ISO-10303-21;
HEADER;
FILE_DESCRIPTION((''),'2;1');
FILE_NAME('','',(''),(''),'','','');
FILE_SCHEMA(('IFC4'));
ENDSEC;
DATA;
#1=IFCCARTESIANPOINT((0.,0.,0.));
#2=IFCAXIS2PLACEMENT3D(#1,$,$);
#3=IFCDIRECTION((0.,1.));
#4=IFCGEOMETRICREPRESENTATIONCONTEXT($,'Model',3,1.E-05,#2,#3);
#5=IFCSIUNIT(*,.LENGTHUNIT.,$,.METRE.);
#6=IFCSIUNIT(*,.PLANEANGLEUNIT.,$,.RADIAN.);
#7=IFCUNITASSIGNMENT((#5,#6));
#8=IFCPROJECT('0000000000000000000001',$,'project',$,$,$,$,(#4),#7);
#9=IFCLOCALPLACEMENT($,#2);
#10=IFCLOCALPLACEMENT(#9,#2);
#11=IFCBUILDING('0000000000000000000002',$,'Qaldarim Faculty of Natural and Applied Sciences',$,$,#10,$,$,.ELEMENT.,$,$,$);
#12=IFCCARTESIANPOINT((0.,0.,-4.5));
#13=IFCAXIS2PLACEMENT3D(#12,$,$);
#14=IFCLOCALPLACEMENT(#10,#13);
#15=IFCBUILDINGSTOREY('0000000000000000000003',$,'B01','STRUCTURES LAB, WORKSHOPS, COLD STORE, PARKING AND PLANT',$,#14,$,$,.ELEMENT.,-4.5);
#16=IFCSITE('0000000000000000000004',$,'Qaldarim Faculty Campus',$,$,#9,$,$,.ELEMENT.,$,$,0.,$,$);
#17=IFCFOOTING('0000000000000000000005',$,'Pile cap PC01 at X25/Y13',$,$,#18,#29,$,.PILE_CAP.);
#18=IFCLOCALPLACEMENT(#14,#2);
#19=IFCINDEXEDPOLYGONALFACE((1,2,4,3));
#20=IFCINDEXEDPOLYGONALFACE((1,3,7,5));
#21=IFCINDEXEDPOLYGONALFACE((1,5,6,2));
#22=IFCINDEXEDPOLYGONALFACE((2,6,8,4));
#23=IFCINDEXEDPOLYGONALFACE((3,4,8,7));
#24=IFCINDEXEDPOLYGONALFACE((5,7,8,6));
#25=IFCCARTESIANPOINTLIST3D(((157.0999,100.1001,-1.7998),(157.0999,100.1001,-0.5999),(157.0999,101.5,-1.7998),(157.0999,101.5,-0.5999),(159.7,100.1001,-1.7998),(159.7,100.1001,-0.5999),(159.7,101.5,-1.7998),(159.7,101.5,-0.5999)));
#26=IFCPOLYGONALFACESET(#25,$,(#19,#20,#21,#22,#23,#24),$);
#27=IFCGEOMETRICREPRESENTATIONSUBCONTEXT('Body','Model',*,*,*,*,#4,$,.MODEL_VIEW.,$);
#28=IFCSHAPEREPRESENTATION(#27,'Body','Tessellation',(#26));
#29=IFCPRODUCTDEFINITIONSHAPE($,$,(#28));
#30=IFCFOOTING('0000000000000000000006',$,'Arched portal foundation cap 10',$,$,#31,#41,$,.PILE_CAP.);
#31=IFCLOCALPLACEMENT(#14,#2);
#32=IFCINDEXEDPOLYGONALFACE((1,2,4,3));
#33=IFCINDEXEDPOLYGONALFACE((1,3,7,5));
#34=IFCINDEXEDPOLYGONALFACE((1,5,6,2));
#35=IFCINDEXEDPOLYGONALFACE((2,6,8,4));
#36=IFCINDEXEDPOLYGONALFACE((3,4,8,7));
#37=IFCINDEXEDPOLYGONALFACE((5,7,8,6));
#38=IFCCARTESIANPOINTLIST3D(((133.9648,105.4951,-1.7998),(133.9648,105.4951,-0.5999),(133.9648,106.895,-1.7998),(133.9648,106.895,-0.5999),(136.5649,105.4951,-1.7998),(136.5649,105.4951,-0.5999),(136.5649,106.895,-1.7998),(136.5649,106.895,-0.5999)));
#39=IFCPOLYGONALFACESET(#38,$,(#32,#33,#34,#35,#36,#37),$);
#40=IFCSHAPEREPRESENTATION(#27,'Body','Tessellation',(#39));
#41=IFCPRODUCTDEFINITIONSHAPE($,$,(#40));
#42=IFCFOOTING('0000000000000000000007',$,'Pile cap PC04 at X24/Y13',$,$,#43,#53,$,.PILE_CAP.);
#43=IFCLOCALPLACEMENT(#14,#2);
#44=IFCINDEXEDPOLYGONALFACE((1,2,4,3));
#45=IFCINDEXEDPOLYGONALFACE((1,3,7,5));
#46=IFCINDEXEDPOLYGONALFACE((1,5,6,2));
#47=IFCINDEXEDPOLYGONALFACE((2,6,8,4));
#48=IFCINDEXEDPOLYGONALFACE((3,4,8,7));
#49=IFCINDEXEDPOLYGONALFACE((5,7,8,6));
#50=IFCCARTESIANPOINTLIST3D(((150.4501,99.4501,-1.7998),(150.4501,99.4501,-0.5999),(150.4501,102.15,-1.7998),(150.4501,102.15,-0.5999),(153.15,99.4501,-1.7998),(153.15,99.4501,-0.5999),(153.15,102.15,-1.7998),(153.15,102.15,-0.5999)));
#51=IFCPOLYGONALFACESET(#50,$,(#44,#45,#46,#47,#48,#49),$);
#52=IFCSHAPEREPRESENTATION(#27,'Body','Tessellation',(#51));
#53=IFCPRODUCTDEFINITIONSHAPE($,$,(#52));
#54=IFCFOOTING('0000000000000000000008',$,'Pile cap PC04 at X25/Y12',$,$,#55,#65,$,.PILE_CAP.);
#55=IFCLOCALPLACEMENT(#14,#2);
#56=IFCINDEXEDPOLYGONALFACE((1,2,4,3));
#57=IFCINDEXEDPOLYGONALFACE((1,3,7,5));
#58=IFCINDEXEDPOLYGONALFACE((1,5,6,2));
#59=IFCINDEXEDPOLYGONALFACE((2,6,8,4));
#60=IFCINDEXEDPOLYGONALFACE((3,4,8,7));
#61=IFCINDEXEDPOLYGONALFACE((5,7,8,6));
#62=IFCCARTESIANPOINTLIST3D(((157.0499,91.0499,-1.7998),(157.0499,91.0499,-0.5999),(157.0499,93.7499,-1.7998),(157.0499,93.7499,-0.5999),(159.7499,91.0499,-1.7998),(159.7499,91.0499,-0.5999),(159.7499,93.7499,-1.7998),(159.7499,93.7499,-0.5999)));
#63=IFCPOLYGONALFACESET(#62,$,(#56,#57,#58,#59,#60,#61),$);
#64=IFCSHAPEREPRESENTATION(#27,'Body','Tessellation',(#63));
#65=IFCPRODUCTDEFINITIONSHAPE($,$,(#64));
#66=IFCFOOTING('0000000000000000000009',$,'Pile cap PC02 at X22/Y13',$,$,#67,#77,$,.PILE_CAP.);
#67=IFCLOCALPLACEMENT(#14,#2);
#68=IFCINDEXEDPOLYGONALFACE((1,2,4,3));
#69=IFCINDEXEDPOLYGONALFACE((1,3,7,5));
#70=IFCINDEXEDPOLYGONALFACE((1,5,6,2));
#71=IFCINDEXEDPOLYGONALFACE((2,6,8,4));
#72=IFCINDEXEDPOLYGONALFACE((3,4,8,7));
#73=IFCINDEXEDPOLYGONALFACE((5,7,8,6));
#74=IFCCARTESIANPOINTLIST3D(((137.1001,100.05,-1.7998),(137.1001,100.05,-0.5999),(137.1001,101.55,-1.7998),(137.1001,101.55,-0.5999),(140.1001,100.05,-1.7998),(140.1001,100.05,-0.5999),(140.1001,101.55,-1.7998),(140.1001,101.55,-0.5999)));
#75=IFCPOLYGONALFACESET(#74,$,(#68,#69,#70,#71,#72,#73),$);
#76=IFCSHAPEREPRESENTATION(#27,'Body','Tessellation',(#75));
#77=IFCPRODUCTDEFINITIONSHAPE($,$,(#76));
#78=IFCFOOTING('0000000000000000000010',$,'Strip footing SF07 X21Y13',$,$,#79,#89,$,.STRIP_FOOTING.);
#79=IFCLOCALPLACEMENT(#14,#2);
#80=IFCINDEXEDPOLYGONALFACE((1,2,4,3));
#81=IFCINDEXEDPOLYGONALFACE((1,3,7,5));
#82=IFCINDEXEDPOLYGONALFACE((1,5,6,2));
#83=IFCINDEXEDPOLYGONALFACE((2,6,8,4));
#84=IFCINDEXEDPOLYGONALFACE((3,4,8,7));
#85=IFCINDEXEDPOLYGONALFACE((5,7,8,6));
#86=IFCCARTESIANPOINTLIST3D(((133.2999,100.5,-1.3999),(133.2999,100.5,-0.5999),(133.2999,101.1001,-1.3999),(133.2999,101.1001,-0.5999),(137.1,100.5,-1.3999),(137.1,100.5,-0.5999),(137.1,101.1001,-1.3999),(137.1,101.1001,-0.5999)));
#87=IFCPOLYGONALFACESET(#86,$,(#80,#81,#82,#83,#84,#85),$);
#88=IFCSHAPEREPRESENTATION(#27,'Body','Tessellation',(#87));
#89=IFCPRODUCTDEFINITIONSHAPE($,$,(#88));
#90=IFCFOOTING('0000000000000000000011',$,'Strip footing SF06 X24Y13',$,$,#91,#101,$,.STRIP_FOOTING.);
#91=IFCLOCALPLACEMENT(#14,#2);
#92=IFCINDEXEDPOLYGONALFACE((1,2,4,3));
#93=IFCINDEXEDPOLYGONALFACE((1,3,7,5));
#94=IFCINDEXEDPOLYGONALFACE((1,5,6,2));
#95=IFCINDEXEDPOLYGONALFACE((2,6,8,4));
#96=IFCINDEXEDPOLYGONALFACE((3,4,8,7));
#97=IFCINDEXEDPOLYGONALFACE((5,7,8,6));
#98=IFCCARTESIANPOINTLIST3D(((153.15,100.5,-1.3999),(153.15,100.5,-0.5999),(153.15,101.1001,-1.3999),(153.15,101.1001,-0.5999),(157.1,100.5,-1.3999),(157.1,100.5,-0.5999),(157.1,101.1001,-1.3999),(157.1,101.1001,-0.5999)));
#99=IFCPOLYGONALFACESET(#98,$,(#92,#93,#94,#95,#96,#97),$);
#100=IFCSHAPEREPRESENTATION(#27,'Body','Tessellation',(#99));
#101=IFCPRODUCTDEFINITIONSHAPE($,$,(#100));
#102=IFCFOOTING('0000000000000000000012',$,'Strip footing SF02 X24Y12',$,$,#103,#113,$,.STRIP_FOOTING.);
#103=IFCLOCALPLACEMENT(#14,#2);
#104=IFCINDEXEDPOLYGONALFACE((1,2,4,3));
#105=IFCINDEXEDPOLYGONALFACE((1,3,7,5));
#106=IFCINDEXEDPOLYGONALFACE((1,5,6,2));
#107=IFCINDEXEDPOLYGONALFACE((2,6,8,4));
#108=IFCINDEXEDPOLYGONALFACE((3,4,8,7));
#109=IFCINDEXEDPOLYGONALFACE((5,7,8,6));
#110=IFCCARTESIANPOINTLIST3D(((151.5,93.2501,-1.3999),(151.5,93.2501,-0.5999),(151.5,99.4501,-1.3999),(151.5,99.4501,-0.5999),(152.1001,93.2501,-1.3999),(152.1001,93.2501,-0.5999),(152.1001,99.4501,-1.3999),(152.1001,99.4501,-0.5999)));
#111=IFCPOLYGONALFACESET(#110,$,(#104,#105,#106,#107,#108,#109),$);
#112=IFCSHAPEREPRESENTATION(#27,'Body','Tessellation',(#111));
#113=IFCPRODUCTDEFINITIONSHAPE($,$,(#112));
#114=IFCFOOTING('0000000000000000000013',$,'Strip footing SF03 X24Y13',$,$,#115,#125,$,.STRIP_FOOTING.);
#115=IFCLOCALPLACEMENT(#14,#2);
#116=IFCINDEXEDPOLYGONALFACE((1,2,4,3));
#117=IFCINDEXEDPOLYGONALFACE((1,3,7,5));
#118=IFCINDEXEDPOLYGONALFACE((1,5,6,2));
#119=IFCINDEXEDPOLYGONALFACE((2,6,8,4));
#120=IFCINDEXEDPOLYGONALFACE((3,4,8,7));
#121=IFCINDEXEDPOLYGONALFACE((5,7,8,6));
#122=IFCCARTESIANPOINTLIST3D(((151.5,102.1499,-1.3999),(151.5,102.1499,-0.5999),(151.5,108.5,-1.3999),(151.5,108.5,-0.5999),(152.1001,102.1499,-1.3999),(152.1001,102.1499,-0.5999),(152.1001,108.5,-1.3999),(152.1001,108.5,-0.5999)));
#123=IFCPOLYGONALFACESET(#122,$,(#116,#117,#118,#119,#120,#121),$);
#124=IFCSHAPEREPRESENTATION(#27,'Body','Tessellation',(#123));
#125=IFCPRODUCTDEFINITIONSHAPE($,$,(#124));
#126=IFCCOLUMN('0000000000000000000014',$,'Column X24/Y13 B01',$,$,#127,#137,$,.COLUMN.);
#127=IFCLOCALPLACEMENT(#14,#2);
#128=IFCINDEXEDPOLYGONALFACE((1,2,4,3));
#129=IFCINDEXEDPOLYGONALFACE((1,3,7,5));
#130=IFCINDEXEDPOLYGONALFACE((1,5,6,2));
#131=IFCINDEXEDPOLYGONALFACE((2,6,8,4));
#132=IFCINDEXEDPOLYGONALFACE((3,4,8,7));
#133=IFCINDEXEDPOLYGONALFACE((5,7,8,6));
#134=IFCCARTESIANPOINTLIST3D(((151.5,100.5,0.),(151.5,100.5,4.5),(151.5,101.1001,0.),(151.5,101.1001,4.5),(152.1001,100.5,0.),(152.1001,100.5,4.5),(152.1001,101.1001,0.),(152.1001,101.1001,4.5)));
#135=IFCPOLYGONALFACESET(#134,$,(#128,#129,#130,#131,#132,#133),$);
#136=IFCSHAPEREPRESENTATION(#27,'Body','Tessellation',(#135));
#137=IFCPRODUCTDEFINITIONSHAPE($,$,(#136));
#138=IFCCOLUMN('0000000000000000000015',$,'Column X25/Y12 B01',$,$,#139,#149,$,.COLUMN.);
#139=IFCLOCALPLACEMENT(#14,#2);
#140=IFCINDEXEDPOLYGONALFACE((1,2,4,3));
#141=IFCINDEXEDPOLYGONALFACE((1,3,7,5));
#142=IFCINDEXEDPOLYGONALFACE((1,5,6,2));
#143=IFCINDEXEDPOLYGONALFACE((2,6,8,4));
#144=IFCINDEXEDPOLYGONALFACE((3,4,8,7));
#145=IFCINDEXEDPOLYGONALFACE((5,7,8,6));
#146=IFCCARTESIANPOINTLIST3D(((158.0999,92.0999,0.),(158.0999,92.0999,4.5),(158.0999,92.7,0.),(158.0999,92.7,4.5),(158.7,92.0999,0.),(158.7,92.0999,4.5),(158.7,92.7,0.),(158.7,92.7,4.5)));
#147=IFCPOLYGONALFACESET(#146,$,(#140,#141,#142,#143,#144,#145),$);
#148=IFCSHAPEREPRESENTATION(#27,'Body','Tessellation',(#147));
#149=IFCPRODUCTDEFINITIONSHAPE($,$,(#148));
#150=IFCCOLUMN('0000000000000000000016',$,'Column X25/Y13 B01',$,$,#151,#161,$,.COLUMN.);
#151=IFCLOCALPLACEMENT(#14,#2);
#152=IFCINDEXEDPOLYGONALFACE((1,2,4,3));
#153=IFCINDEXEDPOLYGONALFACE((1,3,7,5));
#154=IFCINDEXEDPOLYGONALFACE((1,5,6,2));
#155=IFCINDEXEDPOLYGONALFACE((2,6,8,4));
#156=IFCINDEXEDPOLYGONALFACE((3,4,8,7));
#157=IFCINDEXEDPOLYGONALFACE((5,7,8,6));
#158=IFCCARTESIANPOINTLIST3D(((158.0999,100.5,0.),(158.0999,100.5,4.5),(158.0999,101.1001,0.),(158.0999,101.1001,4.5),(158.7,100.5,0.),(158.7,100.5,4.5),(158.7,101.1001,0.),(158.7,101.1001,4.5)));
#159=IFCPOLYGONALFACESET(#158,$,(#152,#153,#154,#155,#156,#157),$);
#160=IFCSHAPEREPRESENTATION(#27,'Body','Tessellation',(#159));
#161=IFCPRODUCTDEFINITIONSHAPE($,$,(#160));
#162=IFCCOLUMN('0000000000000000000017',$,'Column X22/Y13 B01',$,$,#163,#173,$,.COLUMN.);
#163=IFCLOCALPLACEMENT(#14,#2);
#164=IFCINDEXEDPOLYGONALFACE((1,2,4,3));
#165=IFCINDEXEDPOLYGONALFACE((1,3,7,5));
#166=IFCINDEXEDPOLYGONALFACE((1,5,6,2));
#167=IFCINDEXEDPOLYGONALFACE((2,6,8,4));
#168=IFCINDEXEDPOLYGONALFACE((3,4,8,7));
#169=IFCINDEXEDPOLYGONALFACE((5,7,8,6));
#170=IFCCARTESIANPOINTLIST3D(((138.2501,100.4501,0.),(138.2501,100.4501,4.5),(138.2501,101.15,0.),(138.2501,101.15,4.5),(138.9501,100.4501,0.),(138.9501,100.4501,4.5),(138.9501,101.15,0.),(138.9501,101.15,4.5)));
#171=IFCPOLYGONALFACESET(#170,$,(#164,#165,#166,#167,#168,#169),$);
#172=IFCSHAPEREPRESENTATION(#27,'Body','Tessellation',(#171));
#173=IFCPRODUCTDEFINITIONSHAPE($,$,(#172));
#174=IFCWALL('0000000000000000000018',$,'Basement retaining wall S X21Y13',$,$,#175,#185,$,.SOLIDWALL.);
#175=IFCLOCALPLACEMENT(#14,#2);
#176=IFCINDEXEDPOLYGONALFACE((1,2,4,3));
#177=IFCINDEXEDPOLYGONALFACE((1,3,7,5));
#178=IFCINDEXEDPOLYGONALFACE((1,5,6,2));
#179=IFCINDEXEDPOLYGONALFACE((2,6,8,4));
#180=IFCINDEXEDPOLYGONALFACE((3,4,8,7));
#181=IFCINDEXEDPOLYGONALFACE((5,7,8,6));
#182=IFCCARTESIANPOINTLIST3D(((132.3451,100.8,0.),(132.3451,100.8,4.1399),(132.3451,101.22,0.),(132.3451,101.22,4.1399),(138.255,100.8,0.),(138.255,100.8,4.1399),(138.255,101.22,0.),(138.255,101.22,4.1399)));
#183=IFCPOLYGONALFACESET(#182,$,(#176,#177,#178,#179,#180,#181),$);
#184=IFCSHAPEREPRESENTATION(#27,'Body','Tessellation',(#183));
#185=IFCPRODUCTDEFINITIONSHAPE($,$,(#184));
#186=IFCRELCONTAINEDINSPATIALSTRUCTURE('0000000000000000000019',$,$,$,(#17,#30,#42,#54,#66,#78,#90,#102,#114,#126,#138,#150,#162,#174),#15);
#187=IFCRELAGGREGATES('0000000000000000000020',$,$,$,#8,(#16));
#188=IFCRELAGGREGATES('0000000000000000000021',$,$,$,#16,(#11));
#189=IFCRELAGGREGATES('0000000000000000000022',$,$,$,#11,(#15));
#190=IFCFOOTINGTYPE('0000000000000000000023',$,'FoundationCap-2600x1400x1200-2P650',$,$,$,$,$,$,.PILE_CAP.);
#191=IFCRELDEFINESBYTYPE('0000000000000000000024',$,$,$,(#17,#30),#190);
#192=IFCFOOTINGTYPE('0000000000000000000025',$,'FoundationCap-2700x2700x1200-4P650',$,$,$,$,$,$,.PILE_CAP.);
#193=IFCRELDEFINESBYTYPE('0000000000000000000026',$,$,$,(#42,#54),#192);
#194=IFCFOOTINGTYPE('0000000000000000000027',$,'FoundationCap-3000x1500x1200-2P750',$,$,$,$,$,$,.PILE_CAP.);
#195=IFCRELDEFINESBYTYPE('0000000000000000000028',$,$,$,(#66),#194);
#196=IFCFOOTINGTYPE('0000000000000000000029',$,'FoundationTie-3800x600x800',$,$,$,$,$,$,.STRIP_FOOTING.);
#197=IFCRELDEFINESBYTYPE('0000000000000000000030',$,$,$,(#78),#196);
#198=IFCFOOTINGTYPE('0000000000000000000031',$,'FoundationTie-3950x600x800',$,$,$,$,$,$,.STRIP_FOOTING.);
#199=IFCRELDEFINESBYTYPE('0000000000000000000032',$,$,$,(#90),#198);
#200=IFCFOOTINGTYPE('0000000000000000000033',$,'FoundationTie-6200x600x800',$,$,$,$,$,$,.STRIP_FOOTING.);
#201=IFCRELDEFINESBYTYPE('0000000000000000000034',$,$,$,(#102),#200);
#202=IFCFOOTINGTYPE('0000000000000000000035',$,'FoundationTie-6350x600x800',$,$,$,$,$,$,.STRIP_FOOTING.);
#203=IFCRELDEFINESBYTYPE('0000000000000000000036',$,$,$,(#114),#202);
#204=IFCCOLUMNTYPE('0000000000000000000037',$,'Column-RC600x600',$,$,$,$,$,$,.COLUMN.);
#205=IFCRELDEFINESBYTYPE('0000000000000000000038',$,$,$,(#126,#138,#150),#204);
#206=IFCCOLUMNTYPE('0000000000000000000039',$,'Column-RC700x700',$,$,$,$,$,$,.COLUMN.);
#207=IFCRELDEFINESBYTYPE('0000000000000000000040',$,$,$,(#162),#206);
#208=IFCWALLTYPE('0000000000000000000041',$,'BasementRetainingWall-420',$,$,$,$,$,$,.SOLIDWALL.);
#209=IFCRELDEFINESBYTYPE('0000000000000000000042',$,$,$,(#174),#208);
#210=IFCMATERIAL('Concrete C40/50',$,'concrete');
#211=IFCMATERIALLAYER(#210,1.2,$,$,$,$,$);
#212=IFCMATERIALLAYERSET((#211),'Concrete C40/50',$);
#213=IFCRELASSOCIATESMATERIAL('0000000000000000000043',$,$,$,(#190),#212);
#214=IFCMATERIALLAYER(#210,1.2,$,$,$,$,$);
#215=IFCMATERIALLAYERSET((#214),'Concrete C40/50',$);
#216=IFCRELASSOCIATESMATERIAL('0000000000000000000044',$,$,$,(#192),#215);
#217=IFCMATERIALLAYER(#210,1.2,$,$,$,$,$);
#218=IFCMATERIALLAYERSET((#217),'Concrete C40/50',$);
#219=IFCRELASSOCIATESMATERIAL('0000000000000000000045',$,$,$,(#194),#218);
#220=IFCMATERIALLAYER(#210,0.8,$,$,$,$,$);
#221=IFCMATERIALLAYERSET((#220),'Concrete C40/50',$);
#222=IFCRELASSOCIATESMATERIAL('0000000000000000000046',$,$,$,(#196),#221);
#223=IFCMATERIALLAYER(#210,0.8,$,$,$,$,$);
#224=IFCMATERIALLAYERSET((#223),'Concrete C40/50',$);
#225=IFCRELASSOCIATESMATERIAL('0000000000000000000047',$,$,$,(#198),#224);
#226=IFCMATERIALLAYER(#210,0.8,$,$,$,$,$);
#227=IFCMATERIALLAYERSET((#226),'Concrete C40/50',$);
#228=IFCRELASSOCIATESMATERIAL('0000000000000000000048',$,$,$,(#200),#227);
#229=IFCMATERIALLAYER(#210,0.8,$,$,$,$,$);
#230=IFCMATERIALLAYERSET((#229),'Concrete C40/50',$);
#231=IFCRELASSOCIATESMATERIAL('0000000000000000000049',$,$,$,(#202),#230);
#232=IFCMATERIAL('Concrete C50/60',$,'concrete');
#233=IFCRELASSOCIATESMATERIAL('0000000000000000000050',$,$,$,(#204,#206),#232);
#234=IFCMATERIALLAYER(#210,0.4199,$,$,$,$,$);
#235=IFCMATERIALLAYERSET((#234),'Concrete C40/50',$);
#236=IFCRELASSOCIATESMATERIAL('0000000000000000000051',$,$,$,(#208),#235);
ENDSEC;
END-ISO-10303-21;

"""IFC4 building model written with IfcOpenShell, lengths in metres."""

from ifc_helpers import new_model, si_unit, direction, frame, frame_2d, origin, origin_2d, place, context, subcontext, project, spatial, rectangle, extrude, material, layer, layer_set, material_profile, profile_set, type_object, element, save


model = new_model("IFC4")

# Units and contexts
model_context = context("Model", 3, precision=1e-05, world=origin(), true_north=direction((0.0, 1.0)))
body_context = subcontext(model_context, "Body", "Model", "MODEL_VIEW")
ifc_project = project(units=[si_unit("LENGTHUNIT", "METRE"), si_unit("PLANEANGLEUNIT", "RADIAN")], contexts=[model_context])

# Site, building, storey
site_placement = place(None, origin())
site = spatial("IfcSite", under=ifc_project, at=site_placement, Name="Qaldarim Faculty Campus", CompositionType="ELEMENT", RefElevation=0.0)
building_placement = place(site_placement, origin())
building = spatial("IfcBuilding", under=site, at=building_placement, Name="Qaldarim Faculty of Natural and Applied Sciences", CompositionType="ELEMENT")
storey_placement = place(building_placement, frame((0.0, 0.0, -4.5)))
storey = spatial("IfcBuildingStorey", under=building, at=storey_placement, Name="B01", Description="STRUCTURES LAB, WORKSHOPS, COLD STORE, PARKING AND PLANT", CompositionType="ELEMENT", Elevation=-4.5)

# Shared definitions
ifc_material_1 = material(Name="Concrete C40/50", Category="concrete")

# Footings
ifc_layer_1 = layer(ifc_material_1, 1.2)
ifc_layer_set_1 = layer_set([ifc_layer_1], Name="Concrete C40/50")
footing_type_1 = type_object("IfcFootingType", Name="FoundationCap-2600x1400x1200-2P650", PredefinedType="PILE_CAP", material=ifc_layer_set_1)
for number, where, z_axis, x_axis, name in (
    (1, (158.3999, 100.8, -1.7998), (0.0, 0.0, 1.0), (1.0, 0.0, 0.0), "Pile cap PC01 at X25/Y13"),
    (2, (135.2649, 106.1951, -1.7998), (0.0, 0.0, 1.0), (1.0, 0.0, 0.0), "Arched portal foundation cap 10"),
):
    element("IfcFooting", number, at=place(storey_placement, frame(where, z_axis=z_axis, x_axis=x_axis)), inside=storey, type_object=footing_type_1, Name=name, PredefinedType="PILE_CAP", context=body_context, shape_type="SweptSolid", body=[
        extrude(rectangle(XDim=2.6001, YDim=1.3999, at=origin_2d()), origin(), (0.0, 0.0, 1.0), 1.2),
    ])
ifc_layer_2 = layer(ifc_material_1, 1.2)
ifc_layer_set_2 = layer_set([ifc_layer_2], Name="Concrete C40/50")
footing_type_2 = type_object("IfcFootingType", Name="FoundationCap-2700x2700x1200-4P650", PredefinedType="PILE_CAP", material=ifc_layer_set_2)
for number, where, z_axis, x_axis, name in (
    (3, (151.8, 100.8, -1.7998), (0.0, 0.0, 1.0), (1.0, 0.0, 0.0), "Pile cap PC04 at X24/Y13"),
    (4, (158.3999, 92.3999, -1.7998), (0.0, 0.0, 1.0), (1.0, 0.0, 0.0), "Pile cap PC04 at X25/Y12"),
):
    element("IfcFooting", number, at=place(storey_placement, frame(where, z_axis=z_axis, x_axis=x_axis)), inside=storey, type_object=footing_type_2, Name=name, PredefinedType="PILE_CAP", context=body_context, shape_type="SweptSolid", body=[
        extrude(rectangle(XDim=2.7, YDim=2.7, at=origin_2d()), origin(), (0.0, 0.0, 1.0), 1.2),
    ])
ifc_layer_3 = layer(ifc_material_1, 1.2)
ifc_layer_set_3 = layer_set([ifc_layer_3], Name="Concrete C40/50")
footing_type_3 = type_object("IfcFootingType", Name="FoundationCap-3000x1500x1200-2P750", PredefinedType="PILE_CAP", material=ifc_layer_set_3)
footing_1_placement = place(storey_placement, frame((138.6001, 100.8, -1.7998), z_axis=(0.0, 0.0, 1.0), x_axis=(1.0, 0.0, 0.0)))
element("IfcFooting", 5, at=footing_1_placement, inside=storey, type_object=footing_type_3, Name="Pile cap PC02 at X22/Y13", PredefinedType="PILE_CAP", context=body_context, shape_type="SweptSolid", body=[
    extrude(rectangle(XDim=3.0, YDim=1.5, at=origin_2d()), origin(), (0.0, 0.0, 1.0), 1.2),
])
ifc_layer_4 = layer(ifc_material_1, 0.8)
ifc_layer_set_4 = layer_set([ifc_layer_4], Name="Concrete C40/50")
footing_type_4 = type_object("IfcFootingType", Name="FoundationTie-3800x600x800", PredefinedType="STRIP_FOOTING", material=ifc_layer_set_4)
footing_2_placement = place(storey_placement, frame((135.2, 100.8, -1.3999), z_axis=(0.0, 0.0, 1.0), x_axis=(1.0, 0.0, 0.0)))
element("IfcFooting", 6, at=footing_2_placement, inside=storey, type_object=footing_type_4, Name="Strip footing SF07 X21Y13", PredefinedType="STRIP_FOOTING", context=body_context, shape_type="SweptSolid", body=[
    extrude(rectangle(XDim=3.8, YDim=0.6001, at=origin_2d()), origin(), (0.0, 0.0, 1.0), 0.8),
])
ifc_layer_5 = layer(ifc_material_1, 0.8)
ifc_layer_set_5 = layer_set([ifc_layer_5], Name="Concrete C40/50")
footing_type_5 = type_object("IfcFootingType", Name="FoundationTie-3950x600x800", PredefinedType="STRIP_FOOTING", material=ifc_layer_set_5)
footing_3_placement = place(storey_placement, frame((155.125, 100.8, -1.3999), z_axis=(0.0, 0.0, 1.0), x_axis=(1.0, 0.0, 0.0)))
element("IfcFooting", 7, at=footing_3_placement, inside=storey, type_object=footing_type_5, Name="Strip footing SF06 X24Y13", PredefinedType="STRIP_FOOTING", context=body_context, shape_type="SweptSolid", body=[
    extrude(rectangle(XDim=3.95, YDim=0.6001, at=origin_2d()), origin(), (0.0, 0.0, 1.0), 0.8),
])
ifc_layer_6 = layer(ifc_material_1, 0.8)
ifc_layer_set_6 = layer_set([ifc_layer_6], Name="Concrete C40/50")
footing_type_6 = type_object("IfcFootingType", Name="FoundationTie-6200x600x800", PredefinedType="STRIP_FOOTING", material=ifc_layer_set_6)
footing_4_placement = place(storey_placement, frame((151.8, 96.3501, -1.3999), z_axis=(0.0, 0.0, 1.0), x_axis=(0.0, 1.0, 0.0)))
element("IfcFooting", 8, at=footing_4_placement, inside=storey, type_object=footing_type_6, Name="Strip footing SF02 X24Y12", PredefinedType="STRIP_FOOTING", context=body_context, shape_type="SweptSolid", body=[
    extrude(rectangle(XDim=6.2, YDim=0.6001, at=origin_2d()), origin(), (0.0, 0.0, 1.0), 0.8),
])
ifc_layer_7 = layer(ifc_material_1, 0.8)
ifc_layer_set_7 = layer_set([ifc_layer_7], Name="Concrete C40/50")
footing_type_7 = type_object("IfcFootingType", Name="FoundationTie-6350x600x800", PredefinedType="STRIP_FOOTING", material=ifc_layer_set_7)
footing_5_placement = place(storey_placement, frame((151.8, 105.325, -1.3999), z_axis=(0.0, 0.0, 1.0), x_axis=(0.0, 1.0, 0.0)))
element("IfcFooting", 9, at=footing_5_placement, inside=storey, type_object=footing_type_7, Name="Strip footing SF03 X24Y13", PredefinedType="STRIP_FOOTING", context=body_context, shape_type="SweptSolid", body=[
    extrude(rectangle(XDim=6.3501, YDim=0.6001, at=origin_2d()), origin(), (0.0, 0.0, 1.0), 0.8),
])

# Columns
ifc_material_2 = material(Name="Concrete C50/60", Category="concrete")
ifc_material_profile_1 = material_profile(ifc_material_2, rectangle(XDim=0.6001, YDim=0.6001, at=origin_2d()), Name="RC-C600x600")
ifc_profile_set_1 = profile_set([ifc_material_profile_1], Name="Concrete C50/60")
column_type_1 = type_object("IfcColumnType", Name="Column-RC600x600", PredefinedType="COLUMN", material=ifc_profile_set_1)
for number, where, z_axis, x_axis, name in (
    (10, (151.8, 100.8, 0.0), (0.0, 0.0, 1.0), (1.0, 0.0, 0.0), "Column X24/Y13 B01"),
    (11, (158.3999, 92.3999, 0.0), (0.0, 0.0, 1.0), (1.0, 0.0, 0.0), "Column X25/Y12 B01"),
    (12, (158.3999, 100.8, 0.0), (0.0, 0.0, 1.0), (1.0, 0.0, 0.0), "Column X25/Y13 B01"),
):
    element("IfcColumn", number, at=place(storey_placement, frame(where, z_axis=z_axis, x_axis=x_axis)), inside=storey, type_object=column_type_1, Name=name, PredefinedType="COLUMN", context=body_context, shape_type="SweptSolid", body=[
        extrude(rectangle(XDim=0.6001, YDim=0.6001, at=origin_2d()), origin(), (0.0, 0.0, 1.0), 4.5),
    ])
ifc_material_profile_2 = material_profile(ifc_material_2, rectangle(XDim=0.7, YDim=0.7, at=origin_2d()), Name="RC-C700x700")
ifc_profile_set_2 = profile_set([ifc_material_profile_2], Name="Concrete C50/60")
column_type_2 = type_object("IfcColumnType", Name="Column-RC700x700", PredefinedType="COLUMN", material=ifc_profile_set_2)
column_placement = place(storey_placement, frame((138.6001, 100.8, 0.0), z_axis=(0.0, 0.0, 1.0), x_axis=(1.0, 0.0, 0.0)))
element("IfcColumn", 13, at=column_placement, inside=storey, type_object=column_type_2, Name="Column X22/Y13 B01", PredefinedType="COLUMN", context=body_context, shape_type="SweptSolid", body=[
    extrude(rectangle(XDim=0.7, YDim=0.7, at=origin_2d()), origin(), (0.0, 0.0, 1.0), 4.5),
])

# Wall
ifc_layer_8 = layer(ifc_material_1, 0.4199)
ifc_layer_set_8 = layer_set([ifc_layer_8], Name="Concrete C40/50")
wall_type = type_object("IfcWallType", Name="BasementRetainingWall-420", PredefinedType="SOLIDWALL", material=ifc_layer_set_8)
wall_1_placement = place(storey_placement, frame((132.345, 101.01, 0.0), z_axis=(0.0, 0.0, 1.0), x_axis=(1.0, 0.0, 0.0)))
element("IfcWall", 14, at=wall_1_placement, inside=storey, type_object=wall_type, Name="Basement retaining wall S X21Y13", PredefinedType="SOLIDWALL", context=body_context, shape_type="SweptSolid", body=[
    extrude(rectangle(XDim=5.9099, YDim=0.4199, at=frame_2d((2.9551, 0.0))), origin(), (0.0, 0.0, 1.0), 4.1399),
])

save(model, "model.ifc")
